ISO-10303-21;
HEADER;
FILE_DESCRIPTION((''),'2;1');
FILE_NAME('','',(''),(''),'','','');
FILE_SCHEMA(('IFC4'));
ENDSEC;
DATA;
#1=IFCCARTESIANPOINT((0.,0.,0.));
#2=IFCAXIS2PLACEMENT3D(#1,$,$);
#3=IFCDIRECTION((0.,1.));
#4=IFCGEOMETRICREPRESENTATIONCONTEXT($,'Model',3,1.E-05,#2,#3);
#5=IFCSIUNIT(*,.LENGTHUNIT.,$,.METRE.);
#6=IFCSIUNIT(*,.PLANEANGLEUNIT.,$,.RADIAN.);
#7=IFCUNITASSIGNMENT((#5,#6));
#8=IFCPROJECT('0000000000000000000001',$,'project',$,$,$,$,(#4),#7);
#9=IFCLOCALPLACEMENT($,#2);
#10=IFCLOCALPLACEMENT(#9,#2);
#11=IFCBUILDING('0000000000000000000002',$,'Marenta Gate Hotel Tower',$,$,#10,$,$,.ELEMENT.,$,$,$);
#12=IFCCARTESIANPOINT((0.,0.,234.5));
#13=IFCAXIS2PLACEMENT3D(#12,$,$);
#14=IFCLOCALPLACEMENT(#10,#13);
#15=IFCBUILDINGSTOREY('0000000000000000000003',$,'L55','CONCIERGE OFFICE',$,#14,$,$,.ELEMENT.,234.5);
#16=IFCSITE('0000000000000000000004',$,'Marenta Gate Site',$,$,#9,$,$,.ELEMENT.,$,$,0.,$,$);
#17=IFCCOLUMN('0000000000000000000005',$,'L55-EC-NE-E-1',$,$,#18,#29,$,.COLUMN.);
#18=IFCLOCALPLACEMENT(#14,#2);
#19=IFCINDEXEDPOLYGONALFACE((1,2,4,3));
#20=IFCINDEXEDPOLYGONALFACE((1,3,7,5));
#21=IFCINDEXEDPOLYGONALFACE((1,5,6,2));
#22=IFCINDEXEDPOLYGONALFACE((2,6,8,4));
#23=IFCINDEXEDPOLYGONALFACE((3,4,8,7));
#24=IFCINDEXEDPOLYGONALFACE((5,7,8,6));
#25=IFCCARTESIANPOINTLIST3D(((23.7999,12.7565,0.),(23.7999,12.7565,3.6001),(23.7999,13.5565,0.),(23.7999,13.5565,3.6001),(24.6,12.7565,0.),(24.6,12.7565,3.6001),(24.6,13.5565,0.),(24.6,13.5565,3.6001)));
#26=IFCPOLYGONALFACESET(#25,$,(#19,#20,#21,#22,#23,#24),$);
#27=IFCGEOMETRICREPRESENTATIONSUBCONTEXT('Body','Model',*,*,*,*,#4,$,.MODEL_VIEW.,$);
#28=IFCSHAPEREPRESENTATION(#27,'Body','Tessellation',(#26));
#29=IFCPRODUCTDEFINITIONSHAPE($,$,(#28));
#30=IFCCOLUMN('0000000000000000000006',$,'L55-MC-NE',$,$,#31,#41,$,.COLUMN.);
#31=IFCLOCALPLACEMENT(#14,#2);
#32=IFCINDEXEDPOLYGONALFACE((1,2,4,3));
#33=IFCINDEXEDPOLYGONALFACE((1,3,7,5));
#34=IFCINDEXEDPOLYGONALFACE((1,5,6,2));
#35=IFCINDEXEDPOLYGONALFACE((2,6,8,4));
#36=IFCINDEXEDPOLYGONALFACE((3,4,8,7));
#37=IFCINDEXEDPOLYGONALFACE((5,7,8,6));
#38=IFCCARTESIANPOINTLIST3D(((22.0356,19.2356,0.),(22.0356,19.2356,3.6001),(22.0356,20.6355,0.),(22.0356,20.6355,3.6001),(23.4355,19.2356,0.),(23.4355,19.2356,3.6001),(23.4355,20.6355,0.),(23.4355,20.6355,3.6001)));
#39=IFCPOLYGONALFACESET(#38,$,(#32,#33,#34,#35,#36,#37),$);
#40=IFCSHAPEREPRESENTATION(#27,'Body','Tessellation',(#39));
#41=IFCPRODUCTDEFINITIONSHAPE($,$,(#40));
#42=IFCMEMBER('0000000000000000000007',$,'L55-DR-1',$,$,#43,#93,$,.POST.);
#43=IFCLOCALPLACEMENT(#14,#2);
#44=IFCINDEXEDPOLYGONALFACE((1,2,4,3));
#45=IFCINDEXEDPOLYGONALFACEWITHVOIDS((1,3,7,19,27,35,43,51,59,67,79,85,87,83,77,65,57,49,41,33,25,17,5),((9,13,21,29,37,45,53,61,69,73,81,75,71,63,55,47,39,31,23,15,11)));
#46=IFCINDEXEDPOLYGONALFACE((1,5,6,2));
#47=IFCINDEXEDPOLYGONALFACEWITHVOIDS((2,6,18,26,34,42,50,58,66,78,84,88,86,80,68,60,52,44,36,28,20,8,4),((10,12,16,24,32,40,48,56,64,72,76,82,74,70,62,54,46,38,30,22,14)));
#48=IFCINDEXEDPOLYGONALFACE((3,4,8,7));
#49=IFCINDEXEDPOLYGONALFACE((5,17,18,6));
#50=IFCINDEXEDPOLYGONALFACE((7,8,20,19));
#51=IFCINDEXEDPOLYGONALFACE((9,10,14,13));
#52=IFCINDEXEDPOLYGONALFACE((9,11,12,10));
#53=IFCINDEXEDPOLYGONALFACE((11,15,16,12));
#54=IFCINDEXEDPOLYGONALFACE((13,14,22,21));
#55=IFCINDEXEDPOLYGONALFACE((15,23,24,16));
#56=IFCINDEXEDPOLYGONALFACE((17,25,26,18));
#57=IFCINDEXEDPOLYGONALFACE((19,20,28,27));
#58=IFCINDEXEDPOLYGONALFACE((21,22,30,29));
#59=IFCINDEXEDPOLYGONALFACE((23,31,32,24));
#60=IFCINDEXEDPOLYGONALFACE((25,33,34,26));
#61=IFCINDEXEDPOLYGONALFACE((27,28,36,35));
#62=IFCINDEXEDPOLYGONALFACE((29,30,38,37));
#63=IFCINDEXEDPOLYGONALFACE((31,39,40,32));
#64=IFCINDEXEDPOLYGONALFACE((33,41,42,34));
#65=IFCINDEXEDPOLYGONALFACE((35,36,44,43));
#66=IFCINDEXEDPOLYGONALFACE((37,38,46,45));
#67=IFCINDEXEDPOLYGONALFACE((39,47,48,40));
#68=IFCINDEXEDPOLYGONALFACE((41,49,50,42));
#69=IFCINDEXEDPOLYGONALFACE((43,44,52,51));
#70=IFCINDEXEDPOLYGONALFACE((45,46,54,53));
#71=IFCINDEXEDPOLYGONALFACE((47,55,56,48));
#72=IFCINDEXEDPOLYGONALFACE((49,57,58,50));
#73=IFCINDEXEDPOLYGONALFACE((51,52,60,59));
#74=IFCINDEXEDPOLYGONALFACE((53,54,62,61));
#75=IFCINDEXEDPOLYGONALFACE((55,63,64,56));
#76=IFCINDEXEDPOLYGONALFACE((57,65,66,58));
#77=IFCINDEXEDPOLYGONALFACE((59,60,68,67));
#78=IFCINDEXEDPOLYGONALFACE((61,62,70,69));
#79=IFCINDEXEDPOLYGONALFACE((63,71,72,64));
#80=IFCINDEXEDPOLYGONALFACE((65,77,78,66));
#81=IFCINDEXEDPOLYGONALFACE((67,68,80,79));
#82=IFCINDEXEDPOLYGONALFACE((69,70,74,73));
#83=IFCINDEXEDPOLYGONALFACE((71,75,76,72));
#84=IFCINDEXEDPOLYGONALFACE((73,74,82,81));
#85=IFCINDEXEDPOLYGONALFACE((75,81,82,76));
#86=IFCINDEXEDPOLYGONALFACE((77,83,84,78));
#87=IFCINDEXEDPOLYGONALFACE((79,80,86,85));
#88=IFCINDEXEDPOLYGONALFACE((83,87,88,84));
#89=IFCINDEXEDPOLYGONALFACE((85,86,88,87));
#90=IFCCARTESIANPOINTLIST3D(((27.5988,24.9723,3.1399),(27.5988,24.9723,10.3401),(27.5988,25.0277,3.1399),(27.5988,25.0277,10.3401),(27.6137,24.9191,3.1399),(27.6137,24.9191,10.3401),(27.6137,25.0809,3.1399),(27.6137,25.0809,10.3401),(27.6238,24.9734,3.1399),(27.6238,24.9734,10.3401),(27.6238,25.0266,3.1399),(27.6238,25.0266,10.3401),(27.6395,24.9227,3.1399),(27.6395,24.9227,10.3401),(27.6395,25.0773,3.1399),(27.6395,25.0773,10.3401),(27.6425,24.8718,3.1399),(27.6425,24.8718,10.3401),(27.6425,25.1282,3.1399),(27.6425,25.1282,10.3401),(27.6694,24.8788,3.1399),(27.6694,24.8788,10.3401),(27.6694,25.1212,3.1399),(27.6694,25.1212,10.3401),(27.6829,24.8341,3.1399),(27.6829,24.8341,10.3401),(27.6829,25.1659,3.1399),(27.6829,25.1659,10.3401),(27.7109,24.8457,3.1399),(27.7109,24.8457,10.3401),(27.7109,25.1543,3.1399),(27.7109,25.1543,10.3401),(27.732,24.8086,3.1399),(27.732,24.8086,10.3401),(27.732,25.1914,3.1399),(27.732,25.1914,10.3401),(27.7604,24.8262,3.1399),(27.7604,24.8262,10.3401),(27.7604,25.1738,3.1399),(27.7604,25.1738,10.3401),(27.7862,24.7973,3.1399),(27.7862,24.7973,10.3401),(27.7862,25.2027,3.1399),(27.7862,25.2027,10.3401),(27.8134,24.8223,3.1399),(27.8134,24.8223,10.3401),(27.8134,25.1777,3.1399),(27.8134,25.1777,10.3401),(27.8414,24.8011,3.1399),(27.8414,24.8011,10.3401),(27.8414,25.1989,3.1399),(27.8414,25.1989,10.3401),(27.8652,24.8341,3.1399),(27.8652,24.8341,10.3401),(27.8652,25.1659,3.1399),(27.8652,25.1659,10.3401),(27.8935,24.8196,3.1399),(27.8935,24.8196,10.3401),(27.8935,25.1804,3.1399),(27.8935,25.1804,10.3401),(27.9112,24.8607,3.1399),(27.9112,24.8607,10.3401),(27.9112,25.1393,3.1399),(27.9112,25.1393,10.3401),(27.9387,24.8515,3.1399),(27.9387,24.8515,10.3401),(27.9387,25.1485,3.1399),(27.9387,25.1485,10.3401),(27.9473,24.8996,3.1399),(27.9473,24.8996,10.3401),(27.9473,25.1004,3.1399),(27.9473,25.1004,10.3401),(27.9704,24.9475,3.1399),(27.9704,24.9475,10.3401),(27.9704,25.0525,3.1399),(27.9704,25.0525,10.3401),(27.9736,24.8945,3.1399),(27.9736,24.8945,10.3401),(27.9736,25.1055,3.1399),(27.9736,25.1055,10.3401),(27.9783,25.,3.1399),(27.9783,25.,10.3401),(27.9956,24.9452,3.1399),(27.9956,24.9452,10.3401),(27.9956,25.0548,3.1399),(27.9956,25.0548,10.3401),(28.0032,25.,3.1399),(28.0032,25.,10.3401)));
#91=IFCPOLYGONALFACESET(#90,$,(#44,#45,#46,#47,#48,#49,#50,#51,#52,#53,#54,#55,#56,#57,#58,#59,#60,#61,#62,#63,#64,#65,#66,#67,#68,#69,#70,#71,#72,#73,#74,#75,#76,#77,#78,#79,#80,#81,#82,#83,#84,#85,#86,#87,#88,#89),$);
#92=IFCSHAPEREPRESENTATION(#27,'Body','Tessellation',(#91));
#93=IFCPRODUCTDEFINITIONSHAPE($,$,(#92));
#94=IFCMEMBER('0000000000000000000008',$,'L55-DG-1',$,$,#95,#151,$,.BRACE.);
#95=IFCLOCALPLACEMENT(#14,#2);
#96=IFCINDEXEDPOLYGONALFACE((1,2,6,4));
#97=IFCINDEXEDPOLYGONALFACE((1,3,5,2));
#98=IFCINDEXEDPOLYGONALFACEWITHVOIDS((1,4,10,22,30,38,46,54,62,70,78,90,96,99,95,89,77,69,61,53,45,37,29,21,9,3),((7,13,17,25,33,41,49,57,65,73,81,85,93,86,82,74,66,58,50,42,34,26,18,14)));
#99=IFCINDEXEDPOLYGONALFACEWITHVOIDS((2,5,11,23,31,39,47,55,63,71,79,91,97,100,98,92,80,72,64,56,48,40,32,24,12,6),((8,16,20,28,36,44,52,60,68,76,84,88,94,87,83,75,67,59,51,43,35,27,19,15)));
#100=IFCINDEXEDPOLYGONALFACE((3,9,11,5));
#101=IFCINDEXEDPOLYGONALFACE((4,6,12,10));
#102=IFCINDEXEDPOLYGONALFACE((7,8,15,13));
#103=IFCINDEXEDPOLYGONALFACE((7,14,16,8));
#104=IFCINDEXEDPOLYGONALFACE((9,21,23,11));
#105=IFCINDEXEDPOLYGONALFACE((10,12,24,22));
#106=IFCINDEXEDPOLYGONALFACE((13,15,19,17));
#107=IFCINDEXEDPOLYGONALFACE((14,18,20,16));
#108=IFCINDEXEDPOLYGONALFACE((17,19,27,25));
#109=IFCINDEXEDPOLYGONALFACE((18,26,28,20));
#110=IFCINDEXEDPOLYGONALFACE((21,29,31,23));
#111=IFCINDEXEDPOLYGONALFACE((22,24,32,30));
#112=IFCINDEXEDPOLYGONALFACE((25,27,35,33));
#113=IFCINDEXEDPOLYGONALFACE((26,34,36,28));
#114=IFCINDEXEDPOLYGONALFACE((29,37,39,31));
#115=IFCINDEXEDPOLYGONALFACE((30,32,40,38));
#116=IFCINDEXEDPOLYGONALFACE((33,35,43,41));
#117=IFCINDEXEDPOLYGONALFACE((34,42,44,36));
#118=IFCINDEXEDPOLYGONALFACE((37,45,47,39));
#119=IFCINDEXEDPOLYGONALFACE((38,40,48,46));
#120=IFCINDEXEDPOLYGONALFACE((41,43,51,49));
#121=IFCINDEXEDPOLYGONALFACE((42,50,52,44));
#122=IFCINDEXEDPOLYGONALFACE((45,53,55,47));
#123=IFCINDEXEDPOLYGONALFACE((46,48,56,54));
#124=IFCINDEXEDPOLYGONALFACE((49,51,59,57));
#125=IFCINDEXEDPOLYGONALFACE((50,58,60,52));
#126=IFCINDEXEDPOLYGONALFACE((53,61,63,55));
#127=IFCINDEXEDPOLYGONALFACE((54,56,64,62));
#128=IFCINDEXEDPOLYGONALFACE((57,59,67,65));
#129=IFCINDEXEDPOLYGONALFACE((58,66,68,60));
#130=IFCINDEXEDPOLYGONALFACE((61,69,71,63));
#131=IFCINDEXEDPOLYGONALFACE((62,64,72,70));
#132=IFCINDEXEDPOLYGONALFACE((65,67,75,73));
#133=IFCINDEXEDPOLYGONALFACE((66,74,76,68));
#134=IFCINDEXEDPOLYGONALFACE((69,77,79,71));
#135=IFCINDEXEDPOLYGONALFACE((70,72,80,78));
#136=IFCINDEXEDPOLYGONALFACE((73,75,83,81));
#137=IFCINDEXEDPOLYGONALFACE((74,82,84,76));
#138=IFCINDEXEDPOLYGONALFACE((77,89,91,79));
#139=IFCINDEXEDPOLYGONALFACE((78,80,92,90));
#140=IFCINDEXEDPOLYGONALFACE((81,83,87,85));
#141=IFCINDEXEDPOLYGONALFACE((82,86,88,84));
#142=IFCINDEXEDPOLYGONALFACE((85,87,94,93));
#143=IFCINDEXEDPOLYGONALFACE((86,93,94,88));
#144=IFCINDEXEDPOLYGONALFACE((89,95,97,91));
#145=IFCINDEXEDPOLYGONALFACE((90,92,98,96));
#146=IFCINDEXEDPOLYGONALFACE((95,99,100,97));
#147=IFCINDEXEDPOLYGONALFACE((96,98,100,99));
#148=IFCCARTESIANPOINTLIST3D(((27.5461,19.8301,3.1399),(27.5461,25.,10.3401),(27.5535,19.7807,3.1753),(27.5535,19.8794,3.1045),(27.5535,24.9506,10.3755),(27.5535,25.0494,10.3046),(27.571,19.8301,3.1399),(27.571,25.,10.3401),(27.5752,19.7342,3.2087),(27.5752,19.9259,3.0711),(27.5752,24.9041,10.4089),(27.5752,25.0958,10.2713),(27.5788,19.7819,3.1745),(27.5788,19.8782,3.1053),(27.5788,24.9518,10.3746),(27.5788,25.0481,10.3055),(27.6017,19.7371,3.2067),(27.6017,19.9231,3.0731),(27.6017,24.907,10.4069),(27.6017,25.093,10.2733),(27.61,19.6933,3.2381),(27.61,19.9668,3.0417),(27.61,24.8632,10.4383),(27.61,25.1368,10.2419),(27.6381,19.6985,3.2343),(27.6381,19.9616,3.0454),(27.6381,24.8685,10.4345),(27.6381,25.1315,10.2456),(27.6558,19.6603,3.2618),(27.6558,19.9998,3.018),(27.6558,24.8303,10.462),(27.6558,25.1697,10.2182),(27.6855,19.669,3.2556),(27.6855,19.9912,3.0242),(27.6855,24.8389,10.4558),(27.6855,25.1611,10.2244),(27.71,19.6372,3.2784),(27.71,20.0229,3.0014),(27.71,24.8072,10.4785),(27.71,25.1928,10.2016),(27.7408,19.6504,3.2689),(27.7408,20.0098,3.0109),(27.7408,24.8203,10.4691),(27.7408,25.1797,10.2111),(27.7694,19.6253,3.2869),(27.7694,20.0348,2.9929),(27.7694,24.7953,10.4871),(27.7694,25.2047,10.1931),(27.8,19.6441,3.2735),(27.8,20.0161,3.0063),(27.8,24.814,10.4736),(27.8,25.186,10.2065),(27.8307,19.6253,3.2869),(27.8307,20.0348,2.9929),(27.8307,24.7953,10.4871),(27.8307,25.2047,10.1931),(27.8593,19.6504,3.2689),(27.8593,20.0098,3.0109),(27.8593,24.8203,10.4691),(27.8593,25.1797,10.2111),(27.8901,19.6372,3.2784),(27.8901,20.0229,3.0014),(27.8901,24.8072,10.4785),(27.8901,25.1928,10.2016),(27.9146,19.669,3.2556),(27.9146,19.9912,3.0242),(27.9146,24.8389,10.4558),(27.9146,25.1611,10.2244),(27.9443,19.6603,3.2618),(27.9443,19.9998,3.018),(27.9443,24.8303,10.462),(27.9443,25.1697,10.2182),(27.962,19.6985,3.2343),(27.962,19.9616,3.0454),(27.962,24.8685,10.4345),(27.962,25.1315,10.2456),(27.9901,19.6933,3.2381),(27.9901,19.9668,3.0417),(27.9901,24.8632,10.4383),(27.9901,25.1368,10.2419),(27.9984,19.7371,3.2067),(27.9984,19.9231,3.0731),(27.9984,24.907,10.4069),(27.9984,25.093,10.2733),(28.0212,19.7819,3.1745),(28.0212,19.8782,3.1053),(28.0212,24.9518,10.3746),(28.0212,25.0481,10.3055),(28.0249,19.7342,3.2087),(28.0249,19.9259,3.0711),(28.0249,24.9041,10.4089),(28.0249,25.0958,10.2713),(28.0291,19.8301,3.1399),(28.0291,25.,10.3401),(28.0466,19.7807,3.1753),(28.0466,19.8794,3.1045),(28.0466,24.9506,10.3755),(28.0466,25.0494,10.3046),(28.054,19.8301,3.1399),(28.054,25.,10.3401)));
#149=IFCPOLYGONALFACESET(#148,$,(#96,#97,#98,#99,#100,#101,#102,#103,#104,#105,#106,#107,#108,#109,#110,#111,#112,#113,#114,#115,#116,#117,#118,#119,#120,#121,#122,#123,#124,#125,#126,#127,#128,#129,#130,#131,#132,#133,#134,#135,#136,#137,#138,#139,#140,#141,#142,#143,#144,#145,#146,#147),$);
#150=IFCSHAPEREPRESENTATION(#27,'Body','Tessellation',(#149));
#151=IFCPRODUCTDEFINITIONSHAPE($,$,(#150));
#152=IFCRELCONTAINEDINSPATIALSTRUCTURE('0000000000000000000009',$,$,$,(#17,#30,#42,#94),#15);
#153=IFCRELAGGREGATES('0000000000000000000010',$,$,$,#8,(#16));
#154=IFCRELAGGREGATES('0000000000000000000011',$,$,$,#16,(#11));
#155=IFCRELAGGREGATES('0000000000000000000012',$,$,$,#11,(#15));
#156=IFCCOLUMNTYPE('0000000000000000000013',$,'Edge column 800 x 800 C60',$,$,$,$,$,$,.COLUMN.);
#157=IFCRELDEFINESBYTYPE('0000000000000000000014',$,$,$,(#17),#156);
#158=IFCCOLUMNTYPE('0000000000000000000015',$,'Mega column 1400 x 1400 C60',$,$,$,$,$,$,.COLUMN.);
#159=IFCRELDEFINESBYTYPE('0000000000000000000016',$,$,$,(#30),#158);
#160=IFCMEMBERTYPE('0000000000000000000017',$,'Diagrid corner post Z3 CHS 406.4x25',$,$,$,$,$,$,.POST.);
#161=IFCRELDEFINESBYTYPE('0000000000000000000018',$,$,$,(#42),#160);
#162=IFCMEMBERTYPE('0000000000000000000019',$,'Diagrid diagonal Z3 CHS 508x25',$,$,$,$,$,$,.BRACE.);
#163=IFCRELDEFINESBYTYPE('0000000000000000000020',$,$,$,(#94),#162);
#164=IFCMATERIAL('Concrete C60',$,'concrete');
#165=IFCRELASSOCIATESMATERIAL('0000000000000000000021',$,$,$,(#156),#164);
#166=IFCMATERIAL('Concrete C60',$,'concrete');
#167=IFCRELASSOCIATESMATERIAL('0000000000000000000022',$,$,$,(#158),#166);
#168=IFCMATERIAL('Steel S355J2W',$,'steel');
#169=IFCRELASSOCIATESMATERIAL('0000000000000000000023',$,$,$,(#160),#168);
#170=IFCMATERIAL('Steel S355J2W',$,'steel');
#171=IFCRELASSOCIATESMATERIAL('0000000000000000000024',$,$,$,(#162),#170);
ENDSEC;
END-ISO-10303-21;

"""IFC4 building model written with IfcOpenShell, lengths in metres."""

from ifc_helpers import new_model, si_unit, direction, frame, origin, origin_2d, place, context, subcontext, project, spatial, rectangle, hollow_circle, extrude, material, material_profile, profile_set, type_object, element, save


model = new_model("IFC4")

# Units and contexts
model_context = context("Model", 3, precision=1e-05, world=origin(), true_north=direction((0.0, 1.0)))
body_context = subcontext(model_context, "Body", "Model", "MODEL_VIEW")
ifc_project = project(units=[si_unit("LENGTHUNIT", "METRE"), si_unit("PLANEANGLEUNIT", "RADIAN")], contexts=[model_context])

# Site, building, storey
site_placement = place(None, origin())
site = spatial("IfcSite", under=ifc_project, at=site_placement, Name="Marenta Gate Site", CompositionType="ELEMENT", RefElevation=0.0)
building_placement = place(site_placement, origin())
building = spatial("IfcBuilding", under=site, at=building_placement, Name="Marenta Gate Hotel Tower", CompositionType="ELEMENT")
storey_placement = place(building_placement, frame((0.0, 0.0, 234.5)))
storey = spatial("IfcBuildingStorey", under=building, at=storey_placement, Name="L55", Description="CONCIERGE OFFICE", CompositionType="ELEMENT", Elevation=234.5)

# Columns
ifc_material_1 = material(Name="Concrete C60", Category="concrete")
ifc_material_profile_1 = material_profile(ifc_material_1, rectangle(XDim=0.8, YDim=0.8, at=origin_2d()), Name="800 x 800")
ifc_profile_set_1 = profile_set([ifc_material_profile_1], Name="Concrete C60")
column_type_1 = type_object("IfcColumnType", Name="Edge column 800 x 800 C60", PredefinedType="COLUMN", material=ifc_profile_set_1)
column_1_placement = place(storey_placement, frame((24.2, 13.1565, 0.0), z_axis=(0.0, 0.0, 1.0), x_axis=(1.0, 0.0, 0.0)))
element("IfcColumn", 1, at=column_1_placement, inside=storey, type_object=column_type_1, Name="L55-EC-NE-E-1", PredefinedType="COLUMN", context=body_context, shape_type="SweptSolid", body=[
    extrude(rectangle(XDim=0.8, YDim=0.8, at=origin_2d()), origin(), (0.0, 0.0, 1.0), 3.6001),
])
ifc_material_2 = material(Name="Concrete C60", Category="concrete")
ifc_material_profile_2 = material_profile(ifc_material_2, rectangle(XDim=1.3999, YDim=1.3999, at=origin_2d()), Name="1400 x 1400")
ifc_profile_set_2 = profile_set([ifc_material_profile_2], Name="Concrete C60")
column_type_2 = type_object("IfcColumnType", Name="Mega column 1400 x 1400 C60", PredefinedType="COLUMN", material=ifc_profile_set_2)
column_2_placement = place(storey_placement, frame((22.7356, 19.9355, 0.0), z_axis=(0.0, 0.0, 1.0), x_axis=(1.0, 0.0, 0.0)))
element("IfcColumn", 2, at=column_2_placement, inside=storey, type_object=column_type_2, Name="L55-MC-NE", PredefinedType="COLUMN", context=body_context, shape_type="SweptSolid", body=[
    extrude(rectangle(XDim=1.3999, YDim=1.3999, at=origin_2d()), origin(), (0.0, 0.0, 1.0), 3.6001),
])

# Members
ifc_material_3 = material(Name="Steel S355J2W", Category="steel")
ifc_material_profile_3 = material_profile(ifc_material_3, hollow_circle(Radius=0.2031, WallThickness=0.0249, at=origin_2d()), Name="CHS 406.4x25")
ifc_profile_set_3 = profile_set([ifc_material_profile_3], Name="Steel S355J2W")
member_type_1 = type_object("IfcMemberType", Name="Diagrid corner post Z3 CHS 406.4x25", PredefinedType="POST", material=ifc_profile_set_3)
member_1_placement = place(storey_placement, frame((27.8, 25.0, 3.1399), z_axis=(0.0, 0.0, 1.0), x_axis=(1.0, 0.0, 0.0)))
element("IfcMember", 3, at=member_1_placement, inside=storey, type_object=member_type_1, Name="L55-DR-1", PredefinedType="POST", context=body_context, shape_type="SweptSolid", body=[
    extrude(hollow_circle(Radius=0.2031, WallThickness=0.0249, at=origin_2d()), origin(), (0.0, 0.0, 1.0), 7.2002),
])
ifc_material_4 = material(Name="Steel S355J2W", Category="steel")
ifc_material_profile_4 = material_profile(ifc_material_4, hollow_circle(Radius=0.2539, WallThickness=0.0249, at=origin_2d()), Name="CHS 508x25")
ifc_profile_set_4 = profile_set([ifc_material_profile_4], Name="Steel S355J2W")
member_type_2 = type_object("IfcMemberType", Name="Diagrid diagonal Z3 CHS 508x25", PredefinedType="BRACE", material=ifc_profile_set_4)
member_2_placement = place(storey_placement, frame((27.8, 19.8301, 3.1399), z_axis=(0.0, 0.583248, 0.812294), x_axis=(-1.0, 0.0, 0.0)))
element("IfcMember", 4, at=member_2_placement, inside=storey, type_object=member_type_2, Name="L55-DG-1", PredefinedType="BRACE", context=body_context, shape_type="SweptSolid", body=[
    extrude(hollow_circle(Radius=0.2539, WallThickness=0.0249, at=origin_2d()), origin(), (0.0, 0.0, 1.0), 8.864),
])

save(model, "model.ifc")
